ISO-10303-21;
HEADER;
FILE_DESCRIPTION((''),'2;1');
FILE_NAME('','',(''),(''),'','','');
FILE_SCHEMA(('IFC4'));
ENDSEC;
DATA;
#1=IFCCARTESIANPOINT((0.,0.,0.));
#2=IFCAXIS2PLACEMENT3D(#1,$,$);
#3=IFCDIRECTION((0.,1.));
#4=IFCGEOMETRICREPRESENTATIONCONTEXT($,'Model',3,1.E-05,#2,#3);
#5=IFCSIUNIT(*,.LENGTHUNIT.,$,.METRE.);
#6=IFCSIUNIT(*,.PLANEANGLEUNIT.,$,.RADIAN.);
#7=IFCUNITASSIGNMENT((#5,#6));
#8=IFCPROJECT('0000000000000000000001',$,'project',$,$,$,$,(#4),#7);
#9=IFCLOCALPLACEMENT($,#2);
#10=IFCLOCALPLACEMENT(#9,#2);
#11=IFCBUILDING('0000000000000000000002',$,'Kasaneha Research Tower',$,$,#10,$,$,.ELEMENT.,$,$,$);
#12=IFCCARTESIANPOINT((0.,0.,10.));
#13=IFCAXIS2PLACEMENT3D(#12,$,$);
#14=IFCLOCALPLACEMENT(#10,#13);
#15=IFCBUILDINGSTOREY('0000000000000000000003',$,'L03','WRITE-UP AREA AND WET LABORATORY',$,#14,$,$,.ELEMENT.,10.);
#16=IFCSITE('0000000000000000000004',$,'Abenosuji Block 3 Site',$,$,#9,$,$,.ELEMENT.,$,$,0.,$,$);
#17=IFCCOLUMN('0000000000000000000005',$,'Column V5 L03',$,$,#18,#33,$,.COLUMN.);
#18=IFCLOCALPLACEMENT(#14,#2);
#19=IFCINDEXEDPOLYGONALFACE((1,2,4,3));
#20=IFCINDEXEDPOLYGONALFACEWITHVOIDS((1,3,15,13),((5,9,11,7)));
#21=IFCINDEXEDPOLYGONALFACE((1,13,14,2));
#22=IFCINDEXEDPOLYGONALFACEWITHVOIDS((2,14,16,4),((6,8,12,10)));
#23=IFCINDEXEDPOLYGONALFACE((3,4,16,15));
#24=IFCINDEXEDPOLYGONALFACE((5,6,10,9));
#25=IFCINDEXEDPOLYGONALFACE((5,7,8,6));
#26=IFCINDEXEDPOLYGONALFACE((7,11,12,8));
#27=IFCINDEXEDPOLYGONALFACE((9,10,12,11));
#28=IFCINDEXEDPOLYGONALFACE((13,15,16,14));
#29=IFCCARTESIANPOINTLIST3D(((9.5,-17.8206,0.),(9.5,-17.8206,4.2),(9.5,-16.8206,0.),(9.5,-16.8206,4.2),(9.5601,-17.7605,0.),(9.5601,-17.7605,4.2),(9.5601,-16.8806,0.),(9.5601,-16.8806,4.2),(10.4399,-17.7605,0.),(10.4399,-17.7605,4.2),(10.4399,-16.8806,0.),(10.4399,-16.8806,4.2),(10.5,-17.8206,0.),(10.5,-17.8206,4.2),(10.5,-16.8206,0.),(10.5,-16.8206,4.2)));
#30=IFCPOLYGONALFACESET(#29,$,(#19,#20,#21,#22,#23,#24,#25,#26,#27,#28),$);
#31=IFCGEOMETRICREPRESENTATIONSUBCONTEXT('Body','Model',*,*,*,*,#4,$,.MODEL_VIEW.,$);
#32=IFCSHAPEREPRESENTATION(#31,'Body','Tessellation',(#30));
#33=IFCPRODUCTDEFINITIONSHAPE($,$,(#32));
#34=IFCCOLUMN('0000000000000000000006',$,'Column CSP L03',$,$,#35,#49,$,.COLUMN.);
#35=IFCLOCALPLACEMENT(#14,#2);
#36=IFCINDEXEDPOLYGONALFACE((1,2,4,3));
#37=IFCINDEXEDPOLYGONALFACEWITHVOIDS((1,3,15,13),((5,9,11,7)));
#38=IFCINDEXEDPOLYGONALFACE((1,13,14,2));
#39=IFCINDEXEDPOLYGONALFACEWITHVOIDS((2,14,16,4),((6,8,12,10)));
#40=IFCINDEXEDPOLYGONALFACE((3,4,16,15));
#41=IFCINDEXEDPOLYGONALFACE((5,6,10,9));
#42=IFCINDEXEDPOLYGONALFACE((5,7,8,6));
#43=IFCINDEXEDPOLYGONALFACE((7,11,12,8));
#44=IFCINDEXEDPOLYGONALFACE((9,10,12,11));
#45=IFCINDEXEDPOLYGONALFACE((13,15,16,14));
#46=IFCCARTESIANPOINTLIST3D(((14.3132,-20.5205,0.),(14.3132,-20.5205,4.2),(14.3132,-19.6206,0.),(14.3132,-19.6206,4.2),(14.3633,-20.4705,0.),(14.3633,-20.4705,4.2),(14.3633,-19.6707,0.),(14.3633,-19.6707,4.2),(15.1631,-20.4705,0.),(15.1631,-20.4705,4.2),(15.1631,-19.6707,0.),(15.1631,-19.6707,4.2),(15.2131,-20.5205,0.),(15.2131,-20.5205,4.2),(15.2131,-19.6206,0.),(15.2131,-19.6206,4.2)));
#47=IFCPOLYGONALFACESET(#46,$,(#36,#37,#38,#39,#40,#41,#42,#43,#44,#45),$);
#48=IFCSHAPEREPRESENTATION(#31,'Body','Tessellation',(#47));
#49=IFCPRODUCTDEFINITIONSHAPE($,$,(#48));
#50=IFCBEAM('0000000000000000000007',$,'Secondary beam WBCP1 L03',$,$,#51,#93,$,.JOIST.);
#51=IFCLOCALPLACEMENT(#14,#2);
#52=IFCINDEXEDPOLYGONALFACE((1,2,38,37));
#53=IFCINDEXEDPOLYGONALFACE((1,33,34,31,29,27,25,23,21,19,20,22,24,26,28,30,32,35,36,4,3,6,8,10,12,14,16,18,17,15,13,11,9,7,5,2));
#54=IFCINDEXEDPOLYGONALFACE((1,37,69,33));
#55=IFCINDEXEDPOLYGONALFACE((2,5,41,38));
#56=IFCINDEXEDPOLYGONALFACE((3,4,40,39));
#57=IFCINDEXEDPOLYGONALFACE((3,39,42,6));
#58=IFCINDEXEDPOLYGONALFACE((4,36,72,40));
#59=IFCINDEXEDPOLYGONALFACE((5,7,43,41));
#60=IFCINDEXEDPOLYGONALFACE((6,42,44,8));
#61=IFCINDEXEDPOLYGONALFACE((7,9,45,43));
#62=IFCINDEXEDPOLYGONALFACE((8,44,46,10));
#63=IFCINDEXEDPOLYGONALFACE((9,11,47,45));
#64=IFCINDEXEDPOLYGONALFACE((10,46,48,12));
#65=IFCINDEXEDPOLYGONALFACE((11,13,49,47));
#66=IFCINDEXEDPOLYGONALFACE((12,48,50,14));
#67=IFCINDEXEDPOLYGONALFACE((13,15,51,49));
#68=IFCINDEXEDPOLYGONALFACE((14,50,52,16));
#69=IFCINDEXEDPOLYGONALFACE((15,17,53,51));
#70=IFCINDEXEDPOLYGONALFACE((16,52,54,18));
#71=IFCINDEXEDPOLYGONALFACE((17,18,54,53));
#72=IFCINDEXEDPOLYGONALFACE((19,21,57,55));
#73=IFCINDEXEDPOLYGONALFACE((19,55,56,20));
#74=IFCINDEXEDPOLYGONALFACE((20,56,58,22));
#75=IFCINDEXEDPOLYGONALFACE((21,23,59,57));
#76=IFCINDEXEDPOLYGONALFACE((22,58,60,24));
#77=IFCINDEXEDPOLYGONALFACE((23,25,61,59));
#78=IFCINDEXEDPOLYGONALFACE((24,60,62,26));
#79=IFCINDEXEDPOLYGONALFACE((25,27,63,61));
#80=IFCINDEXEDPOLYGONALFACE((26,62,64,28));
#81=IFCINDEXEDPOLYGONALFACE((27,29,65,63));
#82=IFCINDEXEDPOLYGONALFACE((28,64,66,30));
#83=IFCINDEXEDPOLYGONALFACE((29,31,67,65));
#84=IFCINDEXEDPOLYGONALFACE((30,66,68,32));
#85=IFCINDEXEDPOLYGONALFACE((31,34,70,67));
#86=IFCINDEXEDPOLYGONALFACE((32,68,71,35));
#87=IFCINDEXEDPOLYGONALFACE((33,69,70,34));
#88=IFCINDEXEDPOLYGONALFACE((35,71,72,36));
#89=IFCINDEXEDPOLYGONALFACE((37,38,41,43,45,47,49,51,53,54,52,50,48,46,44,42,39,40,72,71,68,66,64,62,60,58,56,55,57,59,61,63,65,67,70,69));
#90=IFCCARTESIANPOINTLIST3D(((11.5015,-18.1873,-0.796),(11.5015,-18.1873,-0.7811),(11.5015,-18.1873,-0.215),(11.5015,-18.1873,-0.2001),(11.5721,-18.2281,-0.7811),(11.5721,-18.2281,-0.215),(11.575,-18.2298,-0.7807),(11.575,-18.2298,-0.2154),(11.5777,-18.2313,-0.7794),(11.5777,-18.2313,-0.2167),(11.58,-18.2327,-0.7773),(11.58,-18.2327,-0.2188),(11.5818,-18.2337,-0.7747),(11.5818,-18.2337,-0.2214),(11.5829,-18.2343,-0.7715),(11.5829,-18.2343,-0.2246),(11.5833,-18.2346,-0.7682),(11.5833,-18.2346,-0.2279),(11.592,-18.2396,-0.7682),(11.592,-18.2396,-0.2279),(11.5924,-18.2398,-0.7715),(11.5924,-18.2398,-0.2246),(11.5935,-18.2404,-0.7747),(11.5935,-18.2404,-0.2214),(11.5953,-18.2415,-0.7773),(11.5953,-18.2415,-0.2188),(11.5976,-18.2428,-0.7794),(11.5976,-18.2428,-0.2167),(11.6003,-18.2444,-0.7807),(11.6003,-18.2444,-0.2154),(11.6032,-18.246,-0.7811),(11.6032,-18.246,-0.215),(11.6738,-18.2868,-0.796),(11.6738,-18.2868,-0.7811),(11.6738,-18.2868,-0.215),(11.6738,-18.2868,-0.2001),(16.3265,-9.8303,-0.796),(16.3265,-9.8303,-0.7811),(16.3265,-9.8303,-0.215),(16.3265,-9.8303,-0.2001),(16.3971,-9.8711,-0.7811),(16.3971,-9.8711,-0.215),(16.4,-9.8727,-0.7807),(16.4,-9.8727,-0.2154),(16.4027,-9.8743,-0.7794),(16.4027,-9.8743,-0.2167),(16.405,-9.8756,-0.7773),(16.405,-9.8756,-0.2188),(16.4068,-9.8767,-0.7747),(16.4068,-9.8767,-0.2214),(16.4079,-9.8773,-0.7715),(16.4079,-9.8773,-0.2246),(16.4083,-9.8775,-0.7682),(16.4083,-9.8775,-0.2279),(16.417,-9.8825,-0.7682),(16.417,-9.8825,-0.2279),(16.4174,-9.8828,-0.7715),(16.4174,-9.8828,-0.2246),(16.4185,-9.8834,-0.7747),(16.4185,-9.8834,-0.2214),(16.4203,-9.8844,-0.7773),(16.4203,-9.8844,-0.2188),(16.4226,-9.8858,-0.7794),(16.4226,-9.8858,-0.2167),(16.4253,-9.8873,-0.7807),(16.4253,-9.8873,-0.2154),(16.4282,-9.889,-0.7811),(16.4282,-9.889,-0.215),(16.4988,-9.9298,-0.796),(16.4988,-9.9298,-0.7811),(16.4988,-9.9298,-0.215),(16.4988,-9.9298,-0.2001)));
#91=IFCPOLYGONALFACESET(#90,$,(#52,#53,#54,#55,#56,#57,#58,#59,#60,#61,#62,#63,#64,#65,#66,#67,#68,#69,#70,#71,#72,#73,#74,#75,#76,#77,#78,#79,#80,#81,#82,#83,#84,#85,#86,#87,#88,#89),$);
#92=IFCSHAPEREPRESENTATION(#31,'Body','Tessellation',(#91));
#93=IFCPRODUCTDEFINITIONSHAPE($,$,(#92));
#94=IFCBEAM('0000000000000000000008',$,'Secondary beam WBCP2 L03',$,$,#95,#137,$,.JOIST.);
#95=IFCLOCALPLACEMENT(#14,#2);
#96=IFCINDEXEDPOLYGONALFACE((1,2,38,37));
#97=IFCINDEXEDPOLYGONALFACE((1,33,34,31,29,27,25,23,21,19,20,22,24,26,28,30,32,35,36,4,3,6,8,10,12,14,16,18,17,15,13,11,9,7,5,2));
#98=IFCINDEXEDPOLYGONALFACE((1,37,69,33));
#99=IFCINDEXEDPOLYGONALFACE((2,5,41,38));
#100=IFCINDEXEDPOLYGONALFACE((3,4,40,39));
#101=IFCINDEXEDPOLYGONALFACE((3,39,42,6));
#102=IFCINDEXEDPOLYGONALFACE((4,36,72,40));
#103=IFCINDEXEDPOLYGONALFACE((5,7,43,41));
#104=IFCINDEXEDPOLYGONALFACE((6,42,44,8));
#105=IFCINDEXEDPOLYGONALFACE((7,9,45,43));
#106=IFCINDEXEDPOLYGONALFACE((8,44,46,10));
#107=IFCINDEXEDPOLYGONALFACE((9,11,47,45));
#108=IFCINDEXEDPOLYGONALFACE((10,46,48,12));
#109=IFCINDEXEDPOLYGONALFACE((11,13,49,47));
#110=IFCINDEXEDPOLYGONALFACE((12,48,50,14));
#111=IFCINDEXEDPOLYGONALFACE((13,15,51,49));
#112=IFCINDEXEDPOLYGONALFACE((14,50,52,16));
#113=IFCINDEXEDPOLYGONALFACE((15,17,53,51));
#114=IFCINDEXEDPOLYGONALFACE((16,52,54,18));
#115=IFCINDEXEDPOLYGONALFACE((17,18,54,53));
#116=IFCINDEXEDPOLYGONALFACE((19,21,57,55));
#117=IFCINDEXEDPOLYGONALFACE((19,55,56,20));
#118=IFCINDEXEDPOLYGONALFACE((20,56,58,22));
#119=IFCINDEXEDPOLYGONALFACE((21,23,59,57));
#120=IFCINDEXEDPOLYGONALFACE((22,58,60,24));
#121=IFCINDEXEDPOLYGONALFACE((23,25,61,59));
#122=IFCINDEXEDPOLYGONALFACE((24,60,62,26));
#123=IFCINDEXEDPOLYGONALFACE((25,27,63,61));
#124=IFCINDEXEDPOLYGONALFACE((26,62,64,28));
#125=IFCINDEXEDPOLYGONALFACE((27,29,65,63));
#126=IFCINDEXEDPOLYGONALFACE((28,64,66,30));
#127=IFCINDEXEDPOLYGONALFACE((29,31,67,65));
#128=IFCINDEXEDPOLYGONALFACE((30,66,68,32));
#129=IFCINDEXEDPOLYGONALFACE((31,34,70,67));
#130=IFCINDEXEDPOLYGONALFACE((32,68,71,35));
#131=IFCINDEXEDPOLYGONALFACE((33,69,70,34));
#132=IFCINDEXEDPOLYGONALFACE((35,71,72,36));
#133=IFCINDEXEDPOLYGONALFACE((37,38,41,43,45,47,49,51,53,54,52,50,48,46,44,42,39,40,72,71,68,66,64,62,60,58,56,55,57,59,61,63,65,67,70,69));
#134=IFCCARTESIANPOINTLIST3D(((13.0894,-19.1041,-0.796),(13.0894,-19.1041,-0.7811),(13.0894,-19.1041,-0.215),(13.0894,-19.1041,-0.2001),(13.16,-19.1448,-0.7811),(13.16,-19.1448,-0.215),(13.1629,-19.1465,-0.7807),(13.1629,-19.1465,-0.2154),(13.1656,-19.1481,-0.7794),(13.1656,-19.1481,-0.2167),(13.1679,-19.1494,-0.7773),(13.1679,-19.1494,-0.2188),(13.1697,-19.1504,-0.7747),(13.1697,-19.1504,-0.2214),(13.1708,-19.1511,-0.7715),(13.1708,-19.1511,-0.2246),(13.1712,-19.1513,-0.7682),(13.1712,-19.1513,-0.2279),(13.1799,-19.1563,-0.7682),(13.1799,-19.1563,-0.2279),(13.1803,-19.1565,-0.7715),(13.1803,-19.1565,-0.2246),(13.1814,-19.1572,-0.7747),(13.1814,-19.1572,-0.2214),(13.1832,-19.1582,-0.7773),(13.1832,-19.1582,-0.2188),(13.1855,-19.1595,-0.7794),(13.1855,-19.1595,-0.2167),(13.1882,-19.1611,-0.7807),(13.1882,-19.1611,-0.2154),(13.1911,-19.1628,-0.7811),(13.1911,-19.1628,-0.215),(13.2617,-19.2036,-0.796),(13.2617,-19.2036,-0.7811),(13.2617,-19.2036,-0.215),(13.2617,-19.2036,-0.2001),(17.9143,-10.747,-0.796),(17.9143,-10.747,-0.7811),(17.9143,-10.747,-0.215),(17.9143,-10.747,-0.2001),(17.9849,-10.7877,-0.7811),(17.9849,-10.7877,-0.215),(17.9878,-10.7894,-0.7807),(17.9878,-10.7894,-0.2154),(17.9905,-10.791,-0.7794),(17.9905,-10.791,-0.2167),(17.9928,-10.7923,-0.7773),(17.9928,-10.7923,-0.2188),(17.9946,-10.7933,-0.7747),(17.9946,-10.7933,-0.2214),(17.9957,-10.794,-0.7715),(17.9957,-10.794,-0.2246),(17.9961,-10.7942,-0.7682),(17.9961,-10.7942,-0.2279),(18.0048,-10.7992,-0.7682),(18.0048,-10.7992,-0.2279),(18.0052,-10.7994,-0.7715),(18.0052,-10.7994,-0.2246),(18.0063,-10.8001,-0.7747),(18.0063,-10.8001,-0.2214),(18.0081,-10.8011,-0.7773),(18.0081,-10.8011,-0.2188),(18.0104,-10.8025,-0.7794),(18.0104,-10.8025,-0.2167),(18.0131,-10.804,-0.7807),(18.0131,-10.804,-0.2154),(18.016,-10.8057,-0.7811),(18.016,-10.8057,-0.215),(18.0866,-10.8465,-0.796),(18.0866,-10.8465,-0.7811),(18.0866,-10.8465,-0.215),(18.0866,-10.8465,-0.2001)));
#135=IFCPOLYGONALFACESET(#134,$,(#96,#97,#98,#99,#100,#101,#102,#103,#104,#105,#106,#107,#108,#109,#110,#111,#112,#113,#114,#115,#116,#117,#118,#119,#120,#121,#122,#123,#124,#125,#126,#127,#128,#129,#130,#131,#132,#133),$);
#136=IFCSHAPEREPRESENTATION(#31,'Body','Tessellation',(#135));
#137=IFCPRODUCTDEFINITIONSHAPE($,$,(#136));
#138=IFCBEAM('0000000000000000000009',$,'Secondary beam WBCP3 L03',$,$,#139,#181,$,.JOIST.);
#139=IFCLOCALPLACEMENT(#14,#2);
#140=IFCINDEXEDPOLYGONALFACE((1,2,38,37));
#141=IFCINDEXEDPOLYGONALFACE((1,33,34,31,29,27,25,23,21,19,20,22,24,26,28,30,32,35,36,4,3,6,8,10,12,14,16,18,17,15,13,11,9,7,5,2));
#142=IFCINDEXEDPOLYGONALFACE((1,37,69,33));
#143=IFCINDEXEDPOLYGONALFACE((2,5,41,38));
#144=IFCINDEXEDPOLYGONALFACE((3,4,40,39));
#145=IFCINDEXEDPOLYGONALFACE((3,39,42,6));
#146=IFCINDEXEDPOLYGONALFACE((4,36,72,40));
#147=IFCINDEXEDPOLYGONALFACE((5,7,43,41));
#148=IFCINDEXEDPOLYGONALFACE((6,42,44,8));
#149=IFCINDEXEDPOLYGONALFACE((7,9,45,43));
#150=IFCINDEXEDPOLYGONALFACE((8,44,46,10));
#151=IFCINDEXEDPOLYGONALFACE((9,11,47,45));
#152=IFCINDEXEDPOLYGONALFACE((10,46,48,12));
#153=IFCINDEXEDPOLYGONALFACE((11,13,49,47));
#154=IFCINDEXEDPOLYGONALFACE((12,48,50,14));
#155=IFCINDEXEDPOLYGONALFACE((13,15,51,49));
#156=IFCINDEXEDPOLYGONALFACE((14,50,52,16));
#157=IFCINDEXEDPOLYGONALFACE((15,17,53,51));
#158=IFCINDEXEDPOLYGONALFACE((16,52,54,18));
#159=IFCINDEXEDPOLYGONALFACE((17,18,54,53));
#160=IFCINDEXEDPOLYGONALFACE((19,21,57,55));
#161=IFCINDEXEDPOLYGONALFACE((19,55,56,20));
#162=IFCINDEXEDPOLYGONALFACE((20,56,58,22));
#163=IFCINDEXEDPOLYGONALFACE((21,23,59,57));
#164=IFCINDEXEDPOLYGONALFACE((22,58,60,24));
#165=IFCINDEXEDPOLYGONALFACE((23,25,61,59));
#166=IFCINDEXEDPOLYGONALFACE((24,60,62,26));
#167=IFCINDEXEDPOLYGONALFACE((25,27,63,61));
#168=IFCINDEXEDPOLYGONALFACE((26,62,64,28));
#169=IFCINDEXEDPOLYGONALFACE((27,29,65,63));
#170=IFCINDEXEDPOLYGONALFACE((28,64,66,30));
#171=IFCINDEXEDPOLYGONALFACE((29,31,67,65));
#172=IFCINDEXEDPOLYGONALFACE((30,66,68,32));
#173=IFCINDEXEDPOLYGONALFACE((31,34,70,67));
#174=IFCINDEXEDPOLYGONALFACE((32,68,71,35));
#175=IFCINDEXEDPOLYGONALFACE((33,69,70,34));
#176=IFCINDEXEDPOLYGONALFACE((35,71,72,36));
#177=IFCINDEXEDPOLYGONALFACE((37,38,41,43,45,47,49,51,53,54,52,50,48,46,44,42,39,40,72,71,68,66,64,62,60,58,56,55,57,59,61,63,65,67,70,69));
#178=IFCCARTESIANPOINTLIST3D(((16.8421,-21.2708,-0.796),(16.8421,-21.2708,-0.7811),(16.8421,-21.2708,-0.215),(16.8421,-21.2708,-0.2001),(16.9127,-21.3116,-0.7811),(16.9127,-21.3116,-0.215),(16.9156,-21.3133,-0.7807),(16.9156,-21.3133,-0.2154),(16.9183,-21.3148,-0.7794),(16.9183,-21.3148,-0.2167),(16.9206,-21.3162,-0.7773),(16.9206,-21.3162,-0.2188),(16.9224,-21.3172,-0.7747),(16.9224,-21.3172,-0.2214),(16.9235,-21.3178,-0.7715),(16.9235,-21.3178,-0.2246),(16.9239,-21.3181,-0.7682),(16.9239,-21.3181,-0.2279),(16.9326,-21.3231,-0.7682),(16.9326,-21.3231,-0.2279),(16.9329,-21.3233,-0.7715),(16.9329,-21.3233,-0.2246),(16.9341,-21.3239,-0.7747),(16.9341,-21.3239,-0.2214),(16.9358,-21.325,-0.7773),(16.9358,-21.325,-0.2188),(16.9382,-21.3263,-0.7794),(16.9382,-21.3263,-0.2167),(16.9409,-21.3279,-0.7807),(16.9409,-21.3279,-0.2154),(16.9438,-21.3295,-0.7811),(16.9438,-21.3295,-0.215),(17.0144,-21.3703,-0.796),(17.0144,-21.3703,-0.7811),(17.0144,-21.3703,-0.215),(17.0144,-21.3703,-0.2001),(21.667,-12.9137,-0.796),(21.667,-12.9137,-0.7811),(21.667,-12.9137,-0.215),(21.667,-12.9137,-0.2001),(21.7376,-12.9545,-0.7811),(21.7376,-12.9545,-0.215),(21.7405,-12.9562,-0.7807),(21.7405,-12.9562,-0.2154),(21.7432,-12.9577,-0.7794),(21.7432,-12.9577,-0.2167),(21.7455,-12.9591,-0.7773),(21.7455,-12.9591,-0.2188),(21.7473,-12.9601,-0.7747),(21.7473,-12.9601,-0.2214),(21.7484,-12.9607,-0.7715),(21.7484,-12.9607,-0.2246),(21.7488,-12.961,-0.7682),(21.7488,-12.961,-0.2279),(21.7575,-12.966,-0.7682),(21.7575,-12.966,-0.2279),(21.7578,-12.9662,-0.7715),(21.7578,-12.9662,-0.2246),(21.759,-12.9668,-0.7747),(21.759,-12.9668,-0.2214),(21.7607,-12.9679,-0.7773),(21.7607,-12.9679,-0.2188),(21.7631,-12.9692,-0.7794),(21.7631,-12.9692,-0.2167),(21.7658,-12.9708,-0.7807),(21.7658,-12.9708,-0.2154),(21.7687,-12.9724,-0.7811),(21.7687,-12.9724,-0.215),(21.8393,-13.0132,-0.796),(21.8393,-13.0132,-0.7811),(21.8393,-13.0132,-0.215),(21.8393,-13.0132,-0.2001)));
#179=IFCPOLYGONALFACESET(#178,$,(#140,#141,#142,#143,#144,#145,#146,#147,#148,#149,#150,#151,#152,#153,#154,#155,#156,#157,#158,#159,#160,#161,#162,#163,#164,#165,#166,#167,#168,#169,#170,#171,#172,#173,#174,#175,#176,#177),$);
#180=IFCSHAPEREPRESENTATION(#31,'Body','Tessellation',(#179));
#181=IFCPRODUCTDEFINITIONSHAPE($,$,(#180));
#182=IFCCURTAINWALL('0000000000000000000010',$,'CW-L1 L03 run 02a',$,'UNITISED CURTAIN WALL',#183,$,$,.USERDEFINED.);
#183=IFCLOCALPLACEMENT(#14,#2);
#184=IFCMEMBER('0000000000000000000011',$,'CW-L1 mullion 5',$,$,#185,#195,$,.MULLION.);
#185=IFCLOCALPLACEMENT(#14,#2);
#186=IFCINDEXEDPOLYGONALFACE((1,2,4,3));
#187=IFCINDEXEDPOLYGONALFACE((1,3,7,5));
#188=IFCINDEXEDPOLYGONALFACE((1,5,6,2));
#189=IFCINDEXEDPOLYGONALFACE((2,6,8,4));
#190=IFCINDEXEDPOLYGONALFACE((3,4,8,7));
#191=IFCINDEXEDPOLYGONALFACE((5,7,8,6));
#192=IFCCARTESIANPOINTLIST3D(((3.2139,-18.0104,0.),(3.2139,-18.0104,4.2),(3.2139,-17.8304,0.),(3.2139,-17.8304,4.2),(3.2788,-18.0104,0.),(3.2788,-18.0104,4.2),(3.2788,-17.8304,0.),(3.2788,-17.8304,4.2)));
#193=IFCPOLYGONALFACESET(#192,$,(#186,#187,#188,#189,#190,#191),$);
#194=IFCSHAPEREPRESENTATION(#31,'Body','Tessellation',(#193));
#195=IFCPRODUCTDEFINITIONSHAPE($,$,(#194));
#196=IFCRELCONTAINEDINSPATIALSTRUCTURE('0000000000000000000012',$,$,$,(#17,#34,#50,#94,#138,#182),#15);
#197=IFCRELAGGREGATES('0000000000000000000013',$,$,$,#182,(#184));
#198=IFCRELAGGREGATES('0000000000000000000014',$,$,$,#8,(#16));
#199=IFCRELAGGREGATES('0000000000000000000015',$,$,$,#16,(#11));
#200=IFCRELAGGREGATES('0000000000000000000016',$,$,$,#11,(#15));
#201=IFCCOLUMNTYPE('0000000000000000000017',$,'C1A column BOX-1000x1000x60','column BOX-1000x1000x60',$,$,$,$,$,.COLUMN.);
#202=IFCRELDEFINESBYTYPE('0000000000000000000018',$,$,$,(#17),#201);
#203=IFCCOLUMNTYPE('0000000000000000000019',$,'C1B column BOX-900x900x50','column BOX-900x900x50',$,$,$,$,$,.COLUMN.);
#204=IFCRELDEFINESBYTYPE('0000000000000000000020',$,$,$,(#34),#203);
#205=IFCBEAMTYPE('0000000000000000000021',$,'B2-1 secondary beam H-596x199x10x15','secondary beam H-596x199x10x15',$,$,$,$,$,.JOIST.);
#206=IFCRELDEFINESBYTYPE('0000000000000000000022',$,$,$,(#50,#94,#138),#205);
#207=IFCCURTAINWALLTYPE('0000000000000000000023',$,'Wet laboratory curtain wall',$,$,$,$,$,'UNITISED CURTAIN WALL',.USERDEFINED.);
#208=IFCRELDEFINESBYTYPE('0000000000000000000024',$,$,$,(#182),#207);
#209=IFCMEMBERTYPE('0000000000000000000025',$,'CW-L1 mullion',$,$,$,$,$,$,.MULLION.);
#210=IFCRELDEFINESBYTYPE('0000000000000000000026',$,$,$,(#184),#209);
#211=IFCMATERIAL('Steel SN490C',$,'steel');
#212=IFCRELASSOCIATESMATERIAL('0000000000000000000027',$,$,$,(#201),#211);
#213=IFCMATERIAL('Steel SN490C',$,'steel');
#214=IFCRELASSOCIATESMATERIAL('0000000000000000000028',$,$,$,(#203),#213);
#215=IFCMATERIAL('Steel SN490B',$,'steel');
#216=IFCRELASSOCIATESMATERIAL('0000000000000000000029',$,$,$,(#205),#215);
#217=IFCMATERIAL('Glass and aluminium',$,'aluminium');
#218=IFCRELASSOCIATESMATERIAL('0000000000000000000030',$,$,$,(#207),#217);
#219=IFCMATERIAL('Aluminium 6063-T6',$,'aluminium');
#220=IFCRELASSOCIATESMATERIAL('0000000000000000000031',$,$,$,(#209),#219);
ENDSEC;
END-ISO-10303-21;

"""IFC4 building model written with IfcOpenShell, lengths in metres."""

from ifc_helpers import new_model, si_unit, direction, frame, origin, origin_2d, place, context, subcontext, project, spatial, rectangle, hollow_rectangle, i_section, extrude, material, material_profile, profile_set, type_object, element, aggregate, save


model = new_model("IFC4")

# Units and contexts
model_context = context("Model", 3, precision=1e-05, world=origin(), true_north=direction((0.0, 1.0)))
body_context = subcontext(model_context, "Body", "Model", "MODEL_VIEW")
ifc_project = project(units=[si_unit("LENGTHUNIT", "METRE"), si_unit("PLANEANGLEUNIT", "RADIAN")], contexts=[model_context])

# Site, building, storey
site_placement = place(None, origin())
site = spatial("IfcSite", under=ifc_project, at=site_placement, Name="Abenosuji Block 3 Site", CompositionType="ELEMENT", RefElevation=0.0)
building_placement = place(site_placement, origin())
building = spatial("IfcBuilding", under=site, at=building_placement, Name="Kasaneha Research Tower", CompositionType="ELEMENT")
storey_placement = place(building_placement, frame((0.0, 0.0, 10.0)))
storey = spatial("IfcBuildingStorey", under=building, at=storey_placement, Name="L03", Description="WRITE-UP AREA AND WET LABORATORY", CompositionType="ELEMENT", Elevation=10.0)

# Columns
ifc_material_1 = material(Name="Steel SN490C", Category="steel")
ifc_material_profile_1 = material_profile(ifc_material_1, hollow_rectangle(XDim=1.0, YDim=1.0, WallThickness=0.0601, at=origin_2d()), Name="BOX-1000x1000x60")
ifc_profile_set_1 = profile_set([ifc_material_profile_1], Name="Steel SN490C")
column_type_1 = type_object("IfcColumnType", Name="C1A column BOX-1000x1000x60", Description="column BOX-1000x1000x60", PredefinedType="COLUMN", material=ifc_profile_set_1)
column_1_placement = place(storey_placement, frame((10.0, -17.3206, 0.0), z_axis=(0.0, 0.0, 1.0), x_axis=(1.0, 0.0, 0.0)))
element("IfcColumn", 1, at=column_1_placement, inside=storey, type_object=column_type_1, Name="Column V5 L03", PredefinedType="COLUMN", context=body_context, shape_type="SweptSolid", body=[
    extrude(hollow_rectangle(XDim=1.0, YDim=1.0, WallThickness=0.0601, at=origin_2d()), origin(), (0.0, 0.0, 1.0), 4.2),
])
ifc_material_2 = material(Name="Steel SN490C", Category="steel")
ifc_material_profile_2 = material_profile(ifc_material_2, hollow_rectangle(XDim=0.8999, YDim=0.8999, WallThickness=0.05, at=origin_2d()), Name="BOX-900x900x50")
ifc_profile_set_2 = profile_set([ifc_material_profile_2], Name="Steel SN490C")
column_type_2 = type_object("IfcColumnType", Name="C1B column BOX-900x900x50", Description="column BOX-900x900x50", PredefinedType="COLUMN", material=ifc_profile_set_2)
column_2_placement = place(storey_placement, frame((14.7632, -20.0706, 0.0), z_axis=(0.0, 0.0, 1.0), x_axis=(1.0, 0.0, 0.0)))
element("IfcColumn", 2, at=column_2_placement, inside=storey, type_object=column_type_2, Name="Column CSP L03", PredefinedType="COLUMN", context=body_context, shape_type="SweptSolid", body=[
    extrude(hollow_rectangle(XDim=0.8999, YDim=0.8999, WallThickness=0.05, at=origin_2d()), origin(), (0.0, 0.0, 1.0), 4.2),
])

# Beams
ifc_material_3 = material(Name="Steel SN490B", Category="steel")
ifc_material_profile_3 = material_profile(ifc_material_3, i_section(OverallWidth=0.199, OverallDepth=0.5959, WebThickness=0.01, FlangeThickness=0.0149, FilletRadius=0.0129, at=origin_2d()), Name="H-596x199x10x15")
ifc_profile_set_3 = profile_set([ifc_material_profile_3], Name="Steel SN490B")
beam_type_1 = type_object("IfcBeamType", Name="B2-1 secondary beam H-596x199x10x15", Description="secondary beam H-596x199x10x15", PredefinedType="JOIST", material=ifc_profile_set_3)
for number, where, z_axis, x_axis, name in (
    (3, (11.5876, -18.2371, -0.498), (0.500006, 0.866022, 0.0), (-0.866022, 0.500006, 0.0), "Secondary beam WBCP1 L03"),
    (4, (13.1755, -19.1538, -0.498), (0.499995, 0.866028, 0.0), (-0.866028, 0.499995, 0.0), "Secondary beam WBCP2 L03"),
    (5, (16.9282, -21.3206, -0.498), (0.499995, 0.866028, 0.0), (-0.866028, 0.499995, 0.0), "Secondary beam WBCP3 L03"),
):
    element("IfcBeam", number, at=place(storey_placement, frame(where, z_axis=z_axis, x_axis=x_axis)), inside=storey, type_object=beam_type_1, Name=name, PredefinedType="JOIST", context=body_context, shape_type="SweptSolid", body=[
        extrude(i_section(OverallWidth=0.199, OverallDepth=0.5959, WebThickness=0.01, FlangeThickness=0.0149, FilletRadius=0.0129, at=origin_2d()), origin(), (0.0, 0.0, 1.0), 9.6499),
    ])

# Curtain wall, member
ifc_material_4 = material(Name="Glass and aluminium", Category="aluminium")
curtain_wall_type = type_object("IfcCurtainWallType", Name="Wet laboratory curtain wall", ElementType="UNITISED CURTAIN WALL", PredefinedType="USERDEFINED", material=ifc_material_4)
curtain_wall_1_placement = place(storey_placement, origin())
curtain_wall_1 = element("IfcCurtainWall", 6, at=curtain_wall_1_placement, inside=storey, type_object=curtain_wall_type, Name="CW-L1 L03 run 02a", ObjectType="UNITISED CURTAIN WALL", PredefinedType="USERDEFINED")
ifc_material_5 = material(Name="Aluminium 6063-T6", Category="aluminium")
ifc_material_profile_4 = material_profile(ifc_material_5, rectangle(XDim=0.0649, YDim=0.1799, at=origin_2d()), Name="CW-L1 mullion 65x180")
ifc_profile_set_4 = profile_set([ifc_material_profile_4], Name="Aluminium 6063-T6")
member_type_1 = type_object("IfcMemberType", Name="CW-L1 mullion", PredefinedType="MULLION", material=ifc_profile_set_4)
member_1_placement = place(storey_placement, frame((3.2463, -17.9204, 0.0), z_axis=(0.0, 0.0, 1.0), x_axis=(1.0, 0.0, 0.0)))
member_1 = element("IfcMember", 7, at=member_1_placement, type_object=member_type_1, Name="CW-L1 mullion 5", PredefinedType="MULLION", context=body_context, shape_type="SweptSolid", body=[
    extrude(rectangle(XDim=0.0649, YDim=0.1799, at=origin_2d()), origin(), (0.0, 0.0, 1.0), 4.2),
])

aggregate(curtain_wall_1, [member_1])

save(model, "model.ifc")
